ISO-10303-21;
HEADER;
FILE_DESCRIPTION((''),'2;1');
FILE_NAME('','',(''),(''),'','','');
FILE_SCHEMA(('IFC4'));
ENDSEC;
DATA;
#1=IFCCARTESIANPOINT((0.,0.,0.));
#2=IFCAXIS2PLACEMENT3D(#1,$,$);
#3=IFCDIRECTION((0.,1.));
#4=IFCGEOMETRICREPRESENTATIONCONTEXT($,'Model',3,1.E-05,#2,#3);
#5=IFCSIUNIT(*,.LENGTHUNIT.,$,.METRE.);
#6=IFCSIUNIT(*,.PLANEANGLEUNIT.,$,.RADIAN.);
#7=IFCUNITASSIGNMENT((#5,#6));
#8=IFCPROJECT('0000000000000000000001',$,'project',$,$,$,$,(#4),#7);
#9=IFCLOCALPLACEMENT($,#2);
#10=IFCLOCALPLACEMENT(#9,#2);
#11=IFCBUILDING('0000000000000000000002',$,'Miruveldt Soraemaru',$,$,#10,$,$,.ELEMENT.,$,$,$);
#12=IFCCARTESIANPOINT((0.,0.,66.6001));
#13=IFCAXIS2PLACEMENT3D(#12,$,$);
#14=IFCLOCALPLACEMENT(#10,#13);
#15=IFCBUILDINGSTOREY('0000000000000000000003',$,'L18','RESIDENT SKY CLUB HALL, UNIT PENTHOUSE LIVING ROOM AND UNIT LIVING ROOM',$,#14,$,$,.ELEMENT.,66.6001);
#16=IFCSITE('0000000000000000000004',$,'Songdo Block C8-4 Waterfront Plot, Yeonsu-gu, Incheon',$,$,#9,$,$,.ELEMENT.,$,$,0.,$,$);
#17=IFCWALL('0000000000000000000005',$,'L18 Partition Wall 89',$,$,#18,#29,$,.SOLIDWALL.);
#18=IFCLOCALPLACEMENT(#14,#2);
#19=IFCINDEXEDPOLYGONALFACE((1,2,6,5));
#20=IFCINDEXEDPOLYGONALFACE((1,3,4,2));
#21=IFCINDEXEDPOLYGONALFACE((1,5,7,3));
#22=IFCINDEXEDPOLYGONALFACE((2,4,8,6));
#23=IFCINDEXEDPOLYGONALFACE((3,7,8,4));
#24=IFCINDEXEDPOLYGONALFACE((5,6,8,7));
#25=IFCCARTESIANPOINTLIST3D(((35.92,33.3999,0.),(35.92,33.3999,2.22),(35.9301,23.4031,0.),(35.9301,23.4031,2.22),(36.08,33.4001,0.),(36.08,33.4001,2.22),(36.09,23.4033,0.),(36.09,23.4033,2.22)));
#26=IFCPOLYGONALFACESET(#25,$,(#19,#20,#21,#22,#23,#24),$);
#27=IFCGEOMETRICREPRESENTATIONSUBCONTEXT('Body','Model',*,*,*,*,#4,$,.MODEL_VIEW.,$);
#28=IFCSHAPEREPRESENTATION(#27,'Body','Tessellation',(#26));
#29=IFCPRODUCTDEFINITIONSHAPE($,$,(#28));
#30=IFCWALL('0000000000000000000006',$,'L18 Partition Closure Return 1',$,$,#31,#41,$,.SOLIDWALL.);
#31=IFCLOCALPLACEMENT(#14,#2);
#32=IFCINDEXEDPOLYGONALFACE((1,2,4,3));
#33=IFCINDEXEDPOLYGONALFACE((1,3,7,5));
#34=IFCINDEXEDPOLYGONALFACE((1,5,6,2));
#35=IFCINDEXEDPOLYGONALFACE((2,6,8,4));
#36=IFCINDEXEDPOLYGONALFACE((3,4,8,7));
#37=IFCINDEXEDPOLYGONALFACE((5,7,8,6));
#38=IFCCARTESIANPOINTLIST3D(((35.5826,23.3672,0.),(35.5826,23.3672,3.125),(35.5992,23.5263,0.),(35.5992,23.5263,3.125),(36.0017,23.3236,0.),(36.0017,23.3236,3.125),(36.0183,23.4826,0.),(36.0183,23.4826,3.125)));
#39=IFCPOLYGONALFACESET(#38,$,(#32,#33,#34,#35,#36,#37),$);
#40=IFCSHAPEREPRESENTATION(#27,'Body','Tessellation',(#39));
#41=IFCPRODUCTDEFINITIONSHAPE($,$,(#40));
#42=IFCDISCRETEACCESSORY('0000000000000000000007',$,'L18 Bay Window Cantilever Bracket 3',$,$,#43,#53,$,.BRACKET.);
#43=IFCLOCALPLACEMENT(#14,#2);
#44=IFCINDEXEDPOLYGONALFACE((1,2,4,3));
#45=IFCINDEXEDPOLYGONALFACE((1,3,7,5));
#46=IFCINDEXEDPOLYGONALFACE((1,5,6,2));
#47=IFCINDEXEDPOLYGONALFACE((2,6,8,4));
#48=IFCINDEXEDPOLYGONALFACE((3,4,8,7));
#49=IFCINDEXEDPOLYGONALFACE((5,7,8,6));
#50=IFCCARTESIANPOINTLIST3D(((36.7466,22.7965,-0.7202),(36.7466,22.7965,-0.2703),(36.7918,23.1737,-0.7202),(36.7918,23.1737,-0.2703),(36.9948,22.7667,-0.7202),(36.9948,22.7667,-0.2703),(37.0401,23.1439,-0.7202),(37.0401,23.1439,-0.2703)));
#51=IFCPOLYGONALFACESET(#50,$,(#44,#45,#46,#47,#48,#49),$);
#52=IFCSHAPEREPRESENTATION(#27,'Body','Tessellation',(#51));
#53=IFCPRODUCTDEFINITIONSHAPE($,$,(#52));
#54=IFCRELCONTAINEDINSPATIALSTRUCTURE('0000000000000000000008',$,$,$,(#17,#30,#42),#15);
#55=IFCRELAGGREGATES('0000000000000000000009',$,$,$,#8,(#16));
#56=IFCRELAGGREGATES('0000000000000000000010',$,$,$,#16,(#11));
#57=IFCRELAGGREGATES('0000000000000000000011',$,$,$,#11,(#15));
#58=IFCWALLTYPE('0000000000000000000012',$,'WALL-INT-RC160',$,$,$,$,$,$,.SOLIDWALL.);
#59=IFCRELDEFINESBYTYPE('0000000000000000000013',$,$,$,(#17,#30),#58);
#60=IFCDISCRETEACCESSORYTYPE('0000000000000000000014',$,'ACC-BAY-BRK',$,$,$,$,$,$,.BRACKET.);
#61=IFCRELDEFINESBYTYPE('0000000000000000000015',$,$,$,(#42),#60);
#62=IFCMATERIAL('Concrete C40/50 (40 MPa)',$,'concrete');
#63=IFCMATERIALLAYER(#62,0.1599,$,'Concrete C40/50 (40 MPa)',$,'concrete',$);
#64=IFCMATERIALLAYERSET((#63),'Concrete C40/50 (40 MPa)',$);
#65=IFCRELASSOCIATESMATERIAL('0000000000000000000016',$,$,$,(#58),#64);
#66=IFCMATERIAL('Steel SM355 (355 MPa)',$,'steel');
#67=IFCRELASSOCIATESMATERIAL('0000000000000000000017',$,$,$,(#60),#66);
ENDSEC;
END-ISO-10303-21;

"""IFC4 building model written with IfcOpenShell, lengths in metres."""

from ifc_helpers import new_model, si_unit, direction, frame, frame_2d, origin, origin_2d, place, context, subcontext, project, spatial, rectangle, extrude, material, layer, layer_set, type_object, element, save


model = new_model("IFC4")

# Units and contexts
model_context = context("Model", 3, precision=1e-05, world=origin(), true_north=direction((0.0, 1.0)))
body_context = subcontext(model_context, "Body", "Model", "MODEL_VIEW")
ifc_project = project(units=[si_unit("LENGTHUNIT", "METRE"), si_unit("PLANEANGLEUNIT", "RADIAN")], contexts=[model_context])

# Site, building, storey
site_placement = place(None, origin())
site = spatial("IfcSite", under=ifc_project, at=site_placement, Name="Songdo Block C8-4 Waterfront Plot, Yeonsu-gu, Incheon", CompositionType="ELEMENT", RefElevation=0.0)
building_placement = place(site_placement, origin())
building = spatial("IfcBuilding", under=site, at=building_placement, Name="Miruveldt Soraemaru", CompositionType="ELEMENT")
storey_placement = place(building_placement, frame((0.0, 0.0, 66.6001)))
storey = spatial("IfcBuildingStorey", under=building, at=storey_placement, Name="L18", Description="RESIDENT SKY CLUB HALL, UNIT PENTHOUSE LIVING ROOM AND UNIT LIVING ROOM", CompositionType="ELEMENT", Elevation=66.6001)

# Shared definitions
ifc_material_1 = material(Name="Steel SM355 (355 MPa)", Category="steel")

# Walls
ifc_material_2 = material(Name="Concrete C40/50 (40 MPa)", Category="concrete")
ifc_layer_1 = layer(ifc_material_2, 0.1599, Name="Concrete C40/50 (40 MPa)", Category="concrete")
ifc_layer_set_1 = layer_set([ifc_layer_1], Name="Concrete C40/50 (40 MPa)")
wall_type_1 = type_object("IfcWallType", Name="WALL-INT-RC160", PredefinedType="SOLIDWALL", material=ifc_layer_set_1)
wall_1_placement = place(storey_placement, frame((36.01, 23.4031, 0.0), z_axis=(0.0, 0.0, 1.0), x_axis=(-0.001001, 0.999999, 0.0)))
element("IfcWall", 1, at=wall_1_placement, inside=storey, type_object=wall_type_1, Name="L18 Partition Wall 89", PredefinedType="SOLIDWALL", context=body_context, shape_type="SweptSolid", body=[
    extrude(rectangle(XDim=9.9968, YDim=0.1599, at=frame_2d((4.9985, 0.0))), origin(), (0.0, 0.0, 1.0), 2.22),
])
wall_2_placement = place(storey_placement, frame((36.01, 23.4031, 0.0), z_axis=(0.0, 0.0, 1.0), x_axis=(-0.99461, 0.10369, 0.0)))
element("IfcWall", 2, at=wall_2_placement, inside=storey, type_object=wall_type_1, Name="L18 Partition Closure Return 1", PredefinedType="SOLIDWALL", context=body_context, shape_type="SweptSolid", body=[
    extrude(rectangle(XDim=0.4214, YDim=0.1599, at=frame_2d((0.2107, 0.0))), origin(), (0.0, 0.0, 1.0), 3.125),
])

# Discrete accessory
discrete_accessory_type = type_object("IfcDiscreteAccessoryType", Name="ACC-BAY-BRK", PredefinedType="BRACKET", material=ifc_material_1)
discrete_accessory_placement = place(storey_placement, frame((36.8933, 22.9702, -0.7202), z_axis=(0.0, 0.0, 1.0), x_axis=(-0.119149, -0.992876, 0.0)))
element("IfcDiscreteAccessory", 3, at=discrete_accessory_placement, inside=storey, type_object=discrete_accessory_type, Name="L18 Bay Window Cantilever Bracket 3", PredefinedType="BRACKET", context=body_context, shape_type="SweptSolid", body=[
    extrude(rectangle(XDim=0.3799, YDim=0.25, at=origin_2d()), origin(), (0.0, 0.0, 1.0), 0.45),
])

save(model, "model.ifc")
